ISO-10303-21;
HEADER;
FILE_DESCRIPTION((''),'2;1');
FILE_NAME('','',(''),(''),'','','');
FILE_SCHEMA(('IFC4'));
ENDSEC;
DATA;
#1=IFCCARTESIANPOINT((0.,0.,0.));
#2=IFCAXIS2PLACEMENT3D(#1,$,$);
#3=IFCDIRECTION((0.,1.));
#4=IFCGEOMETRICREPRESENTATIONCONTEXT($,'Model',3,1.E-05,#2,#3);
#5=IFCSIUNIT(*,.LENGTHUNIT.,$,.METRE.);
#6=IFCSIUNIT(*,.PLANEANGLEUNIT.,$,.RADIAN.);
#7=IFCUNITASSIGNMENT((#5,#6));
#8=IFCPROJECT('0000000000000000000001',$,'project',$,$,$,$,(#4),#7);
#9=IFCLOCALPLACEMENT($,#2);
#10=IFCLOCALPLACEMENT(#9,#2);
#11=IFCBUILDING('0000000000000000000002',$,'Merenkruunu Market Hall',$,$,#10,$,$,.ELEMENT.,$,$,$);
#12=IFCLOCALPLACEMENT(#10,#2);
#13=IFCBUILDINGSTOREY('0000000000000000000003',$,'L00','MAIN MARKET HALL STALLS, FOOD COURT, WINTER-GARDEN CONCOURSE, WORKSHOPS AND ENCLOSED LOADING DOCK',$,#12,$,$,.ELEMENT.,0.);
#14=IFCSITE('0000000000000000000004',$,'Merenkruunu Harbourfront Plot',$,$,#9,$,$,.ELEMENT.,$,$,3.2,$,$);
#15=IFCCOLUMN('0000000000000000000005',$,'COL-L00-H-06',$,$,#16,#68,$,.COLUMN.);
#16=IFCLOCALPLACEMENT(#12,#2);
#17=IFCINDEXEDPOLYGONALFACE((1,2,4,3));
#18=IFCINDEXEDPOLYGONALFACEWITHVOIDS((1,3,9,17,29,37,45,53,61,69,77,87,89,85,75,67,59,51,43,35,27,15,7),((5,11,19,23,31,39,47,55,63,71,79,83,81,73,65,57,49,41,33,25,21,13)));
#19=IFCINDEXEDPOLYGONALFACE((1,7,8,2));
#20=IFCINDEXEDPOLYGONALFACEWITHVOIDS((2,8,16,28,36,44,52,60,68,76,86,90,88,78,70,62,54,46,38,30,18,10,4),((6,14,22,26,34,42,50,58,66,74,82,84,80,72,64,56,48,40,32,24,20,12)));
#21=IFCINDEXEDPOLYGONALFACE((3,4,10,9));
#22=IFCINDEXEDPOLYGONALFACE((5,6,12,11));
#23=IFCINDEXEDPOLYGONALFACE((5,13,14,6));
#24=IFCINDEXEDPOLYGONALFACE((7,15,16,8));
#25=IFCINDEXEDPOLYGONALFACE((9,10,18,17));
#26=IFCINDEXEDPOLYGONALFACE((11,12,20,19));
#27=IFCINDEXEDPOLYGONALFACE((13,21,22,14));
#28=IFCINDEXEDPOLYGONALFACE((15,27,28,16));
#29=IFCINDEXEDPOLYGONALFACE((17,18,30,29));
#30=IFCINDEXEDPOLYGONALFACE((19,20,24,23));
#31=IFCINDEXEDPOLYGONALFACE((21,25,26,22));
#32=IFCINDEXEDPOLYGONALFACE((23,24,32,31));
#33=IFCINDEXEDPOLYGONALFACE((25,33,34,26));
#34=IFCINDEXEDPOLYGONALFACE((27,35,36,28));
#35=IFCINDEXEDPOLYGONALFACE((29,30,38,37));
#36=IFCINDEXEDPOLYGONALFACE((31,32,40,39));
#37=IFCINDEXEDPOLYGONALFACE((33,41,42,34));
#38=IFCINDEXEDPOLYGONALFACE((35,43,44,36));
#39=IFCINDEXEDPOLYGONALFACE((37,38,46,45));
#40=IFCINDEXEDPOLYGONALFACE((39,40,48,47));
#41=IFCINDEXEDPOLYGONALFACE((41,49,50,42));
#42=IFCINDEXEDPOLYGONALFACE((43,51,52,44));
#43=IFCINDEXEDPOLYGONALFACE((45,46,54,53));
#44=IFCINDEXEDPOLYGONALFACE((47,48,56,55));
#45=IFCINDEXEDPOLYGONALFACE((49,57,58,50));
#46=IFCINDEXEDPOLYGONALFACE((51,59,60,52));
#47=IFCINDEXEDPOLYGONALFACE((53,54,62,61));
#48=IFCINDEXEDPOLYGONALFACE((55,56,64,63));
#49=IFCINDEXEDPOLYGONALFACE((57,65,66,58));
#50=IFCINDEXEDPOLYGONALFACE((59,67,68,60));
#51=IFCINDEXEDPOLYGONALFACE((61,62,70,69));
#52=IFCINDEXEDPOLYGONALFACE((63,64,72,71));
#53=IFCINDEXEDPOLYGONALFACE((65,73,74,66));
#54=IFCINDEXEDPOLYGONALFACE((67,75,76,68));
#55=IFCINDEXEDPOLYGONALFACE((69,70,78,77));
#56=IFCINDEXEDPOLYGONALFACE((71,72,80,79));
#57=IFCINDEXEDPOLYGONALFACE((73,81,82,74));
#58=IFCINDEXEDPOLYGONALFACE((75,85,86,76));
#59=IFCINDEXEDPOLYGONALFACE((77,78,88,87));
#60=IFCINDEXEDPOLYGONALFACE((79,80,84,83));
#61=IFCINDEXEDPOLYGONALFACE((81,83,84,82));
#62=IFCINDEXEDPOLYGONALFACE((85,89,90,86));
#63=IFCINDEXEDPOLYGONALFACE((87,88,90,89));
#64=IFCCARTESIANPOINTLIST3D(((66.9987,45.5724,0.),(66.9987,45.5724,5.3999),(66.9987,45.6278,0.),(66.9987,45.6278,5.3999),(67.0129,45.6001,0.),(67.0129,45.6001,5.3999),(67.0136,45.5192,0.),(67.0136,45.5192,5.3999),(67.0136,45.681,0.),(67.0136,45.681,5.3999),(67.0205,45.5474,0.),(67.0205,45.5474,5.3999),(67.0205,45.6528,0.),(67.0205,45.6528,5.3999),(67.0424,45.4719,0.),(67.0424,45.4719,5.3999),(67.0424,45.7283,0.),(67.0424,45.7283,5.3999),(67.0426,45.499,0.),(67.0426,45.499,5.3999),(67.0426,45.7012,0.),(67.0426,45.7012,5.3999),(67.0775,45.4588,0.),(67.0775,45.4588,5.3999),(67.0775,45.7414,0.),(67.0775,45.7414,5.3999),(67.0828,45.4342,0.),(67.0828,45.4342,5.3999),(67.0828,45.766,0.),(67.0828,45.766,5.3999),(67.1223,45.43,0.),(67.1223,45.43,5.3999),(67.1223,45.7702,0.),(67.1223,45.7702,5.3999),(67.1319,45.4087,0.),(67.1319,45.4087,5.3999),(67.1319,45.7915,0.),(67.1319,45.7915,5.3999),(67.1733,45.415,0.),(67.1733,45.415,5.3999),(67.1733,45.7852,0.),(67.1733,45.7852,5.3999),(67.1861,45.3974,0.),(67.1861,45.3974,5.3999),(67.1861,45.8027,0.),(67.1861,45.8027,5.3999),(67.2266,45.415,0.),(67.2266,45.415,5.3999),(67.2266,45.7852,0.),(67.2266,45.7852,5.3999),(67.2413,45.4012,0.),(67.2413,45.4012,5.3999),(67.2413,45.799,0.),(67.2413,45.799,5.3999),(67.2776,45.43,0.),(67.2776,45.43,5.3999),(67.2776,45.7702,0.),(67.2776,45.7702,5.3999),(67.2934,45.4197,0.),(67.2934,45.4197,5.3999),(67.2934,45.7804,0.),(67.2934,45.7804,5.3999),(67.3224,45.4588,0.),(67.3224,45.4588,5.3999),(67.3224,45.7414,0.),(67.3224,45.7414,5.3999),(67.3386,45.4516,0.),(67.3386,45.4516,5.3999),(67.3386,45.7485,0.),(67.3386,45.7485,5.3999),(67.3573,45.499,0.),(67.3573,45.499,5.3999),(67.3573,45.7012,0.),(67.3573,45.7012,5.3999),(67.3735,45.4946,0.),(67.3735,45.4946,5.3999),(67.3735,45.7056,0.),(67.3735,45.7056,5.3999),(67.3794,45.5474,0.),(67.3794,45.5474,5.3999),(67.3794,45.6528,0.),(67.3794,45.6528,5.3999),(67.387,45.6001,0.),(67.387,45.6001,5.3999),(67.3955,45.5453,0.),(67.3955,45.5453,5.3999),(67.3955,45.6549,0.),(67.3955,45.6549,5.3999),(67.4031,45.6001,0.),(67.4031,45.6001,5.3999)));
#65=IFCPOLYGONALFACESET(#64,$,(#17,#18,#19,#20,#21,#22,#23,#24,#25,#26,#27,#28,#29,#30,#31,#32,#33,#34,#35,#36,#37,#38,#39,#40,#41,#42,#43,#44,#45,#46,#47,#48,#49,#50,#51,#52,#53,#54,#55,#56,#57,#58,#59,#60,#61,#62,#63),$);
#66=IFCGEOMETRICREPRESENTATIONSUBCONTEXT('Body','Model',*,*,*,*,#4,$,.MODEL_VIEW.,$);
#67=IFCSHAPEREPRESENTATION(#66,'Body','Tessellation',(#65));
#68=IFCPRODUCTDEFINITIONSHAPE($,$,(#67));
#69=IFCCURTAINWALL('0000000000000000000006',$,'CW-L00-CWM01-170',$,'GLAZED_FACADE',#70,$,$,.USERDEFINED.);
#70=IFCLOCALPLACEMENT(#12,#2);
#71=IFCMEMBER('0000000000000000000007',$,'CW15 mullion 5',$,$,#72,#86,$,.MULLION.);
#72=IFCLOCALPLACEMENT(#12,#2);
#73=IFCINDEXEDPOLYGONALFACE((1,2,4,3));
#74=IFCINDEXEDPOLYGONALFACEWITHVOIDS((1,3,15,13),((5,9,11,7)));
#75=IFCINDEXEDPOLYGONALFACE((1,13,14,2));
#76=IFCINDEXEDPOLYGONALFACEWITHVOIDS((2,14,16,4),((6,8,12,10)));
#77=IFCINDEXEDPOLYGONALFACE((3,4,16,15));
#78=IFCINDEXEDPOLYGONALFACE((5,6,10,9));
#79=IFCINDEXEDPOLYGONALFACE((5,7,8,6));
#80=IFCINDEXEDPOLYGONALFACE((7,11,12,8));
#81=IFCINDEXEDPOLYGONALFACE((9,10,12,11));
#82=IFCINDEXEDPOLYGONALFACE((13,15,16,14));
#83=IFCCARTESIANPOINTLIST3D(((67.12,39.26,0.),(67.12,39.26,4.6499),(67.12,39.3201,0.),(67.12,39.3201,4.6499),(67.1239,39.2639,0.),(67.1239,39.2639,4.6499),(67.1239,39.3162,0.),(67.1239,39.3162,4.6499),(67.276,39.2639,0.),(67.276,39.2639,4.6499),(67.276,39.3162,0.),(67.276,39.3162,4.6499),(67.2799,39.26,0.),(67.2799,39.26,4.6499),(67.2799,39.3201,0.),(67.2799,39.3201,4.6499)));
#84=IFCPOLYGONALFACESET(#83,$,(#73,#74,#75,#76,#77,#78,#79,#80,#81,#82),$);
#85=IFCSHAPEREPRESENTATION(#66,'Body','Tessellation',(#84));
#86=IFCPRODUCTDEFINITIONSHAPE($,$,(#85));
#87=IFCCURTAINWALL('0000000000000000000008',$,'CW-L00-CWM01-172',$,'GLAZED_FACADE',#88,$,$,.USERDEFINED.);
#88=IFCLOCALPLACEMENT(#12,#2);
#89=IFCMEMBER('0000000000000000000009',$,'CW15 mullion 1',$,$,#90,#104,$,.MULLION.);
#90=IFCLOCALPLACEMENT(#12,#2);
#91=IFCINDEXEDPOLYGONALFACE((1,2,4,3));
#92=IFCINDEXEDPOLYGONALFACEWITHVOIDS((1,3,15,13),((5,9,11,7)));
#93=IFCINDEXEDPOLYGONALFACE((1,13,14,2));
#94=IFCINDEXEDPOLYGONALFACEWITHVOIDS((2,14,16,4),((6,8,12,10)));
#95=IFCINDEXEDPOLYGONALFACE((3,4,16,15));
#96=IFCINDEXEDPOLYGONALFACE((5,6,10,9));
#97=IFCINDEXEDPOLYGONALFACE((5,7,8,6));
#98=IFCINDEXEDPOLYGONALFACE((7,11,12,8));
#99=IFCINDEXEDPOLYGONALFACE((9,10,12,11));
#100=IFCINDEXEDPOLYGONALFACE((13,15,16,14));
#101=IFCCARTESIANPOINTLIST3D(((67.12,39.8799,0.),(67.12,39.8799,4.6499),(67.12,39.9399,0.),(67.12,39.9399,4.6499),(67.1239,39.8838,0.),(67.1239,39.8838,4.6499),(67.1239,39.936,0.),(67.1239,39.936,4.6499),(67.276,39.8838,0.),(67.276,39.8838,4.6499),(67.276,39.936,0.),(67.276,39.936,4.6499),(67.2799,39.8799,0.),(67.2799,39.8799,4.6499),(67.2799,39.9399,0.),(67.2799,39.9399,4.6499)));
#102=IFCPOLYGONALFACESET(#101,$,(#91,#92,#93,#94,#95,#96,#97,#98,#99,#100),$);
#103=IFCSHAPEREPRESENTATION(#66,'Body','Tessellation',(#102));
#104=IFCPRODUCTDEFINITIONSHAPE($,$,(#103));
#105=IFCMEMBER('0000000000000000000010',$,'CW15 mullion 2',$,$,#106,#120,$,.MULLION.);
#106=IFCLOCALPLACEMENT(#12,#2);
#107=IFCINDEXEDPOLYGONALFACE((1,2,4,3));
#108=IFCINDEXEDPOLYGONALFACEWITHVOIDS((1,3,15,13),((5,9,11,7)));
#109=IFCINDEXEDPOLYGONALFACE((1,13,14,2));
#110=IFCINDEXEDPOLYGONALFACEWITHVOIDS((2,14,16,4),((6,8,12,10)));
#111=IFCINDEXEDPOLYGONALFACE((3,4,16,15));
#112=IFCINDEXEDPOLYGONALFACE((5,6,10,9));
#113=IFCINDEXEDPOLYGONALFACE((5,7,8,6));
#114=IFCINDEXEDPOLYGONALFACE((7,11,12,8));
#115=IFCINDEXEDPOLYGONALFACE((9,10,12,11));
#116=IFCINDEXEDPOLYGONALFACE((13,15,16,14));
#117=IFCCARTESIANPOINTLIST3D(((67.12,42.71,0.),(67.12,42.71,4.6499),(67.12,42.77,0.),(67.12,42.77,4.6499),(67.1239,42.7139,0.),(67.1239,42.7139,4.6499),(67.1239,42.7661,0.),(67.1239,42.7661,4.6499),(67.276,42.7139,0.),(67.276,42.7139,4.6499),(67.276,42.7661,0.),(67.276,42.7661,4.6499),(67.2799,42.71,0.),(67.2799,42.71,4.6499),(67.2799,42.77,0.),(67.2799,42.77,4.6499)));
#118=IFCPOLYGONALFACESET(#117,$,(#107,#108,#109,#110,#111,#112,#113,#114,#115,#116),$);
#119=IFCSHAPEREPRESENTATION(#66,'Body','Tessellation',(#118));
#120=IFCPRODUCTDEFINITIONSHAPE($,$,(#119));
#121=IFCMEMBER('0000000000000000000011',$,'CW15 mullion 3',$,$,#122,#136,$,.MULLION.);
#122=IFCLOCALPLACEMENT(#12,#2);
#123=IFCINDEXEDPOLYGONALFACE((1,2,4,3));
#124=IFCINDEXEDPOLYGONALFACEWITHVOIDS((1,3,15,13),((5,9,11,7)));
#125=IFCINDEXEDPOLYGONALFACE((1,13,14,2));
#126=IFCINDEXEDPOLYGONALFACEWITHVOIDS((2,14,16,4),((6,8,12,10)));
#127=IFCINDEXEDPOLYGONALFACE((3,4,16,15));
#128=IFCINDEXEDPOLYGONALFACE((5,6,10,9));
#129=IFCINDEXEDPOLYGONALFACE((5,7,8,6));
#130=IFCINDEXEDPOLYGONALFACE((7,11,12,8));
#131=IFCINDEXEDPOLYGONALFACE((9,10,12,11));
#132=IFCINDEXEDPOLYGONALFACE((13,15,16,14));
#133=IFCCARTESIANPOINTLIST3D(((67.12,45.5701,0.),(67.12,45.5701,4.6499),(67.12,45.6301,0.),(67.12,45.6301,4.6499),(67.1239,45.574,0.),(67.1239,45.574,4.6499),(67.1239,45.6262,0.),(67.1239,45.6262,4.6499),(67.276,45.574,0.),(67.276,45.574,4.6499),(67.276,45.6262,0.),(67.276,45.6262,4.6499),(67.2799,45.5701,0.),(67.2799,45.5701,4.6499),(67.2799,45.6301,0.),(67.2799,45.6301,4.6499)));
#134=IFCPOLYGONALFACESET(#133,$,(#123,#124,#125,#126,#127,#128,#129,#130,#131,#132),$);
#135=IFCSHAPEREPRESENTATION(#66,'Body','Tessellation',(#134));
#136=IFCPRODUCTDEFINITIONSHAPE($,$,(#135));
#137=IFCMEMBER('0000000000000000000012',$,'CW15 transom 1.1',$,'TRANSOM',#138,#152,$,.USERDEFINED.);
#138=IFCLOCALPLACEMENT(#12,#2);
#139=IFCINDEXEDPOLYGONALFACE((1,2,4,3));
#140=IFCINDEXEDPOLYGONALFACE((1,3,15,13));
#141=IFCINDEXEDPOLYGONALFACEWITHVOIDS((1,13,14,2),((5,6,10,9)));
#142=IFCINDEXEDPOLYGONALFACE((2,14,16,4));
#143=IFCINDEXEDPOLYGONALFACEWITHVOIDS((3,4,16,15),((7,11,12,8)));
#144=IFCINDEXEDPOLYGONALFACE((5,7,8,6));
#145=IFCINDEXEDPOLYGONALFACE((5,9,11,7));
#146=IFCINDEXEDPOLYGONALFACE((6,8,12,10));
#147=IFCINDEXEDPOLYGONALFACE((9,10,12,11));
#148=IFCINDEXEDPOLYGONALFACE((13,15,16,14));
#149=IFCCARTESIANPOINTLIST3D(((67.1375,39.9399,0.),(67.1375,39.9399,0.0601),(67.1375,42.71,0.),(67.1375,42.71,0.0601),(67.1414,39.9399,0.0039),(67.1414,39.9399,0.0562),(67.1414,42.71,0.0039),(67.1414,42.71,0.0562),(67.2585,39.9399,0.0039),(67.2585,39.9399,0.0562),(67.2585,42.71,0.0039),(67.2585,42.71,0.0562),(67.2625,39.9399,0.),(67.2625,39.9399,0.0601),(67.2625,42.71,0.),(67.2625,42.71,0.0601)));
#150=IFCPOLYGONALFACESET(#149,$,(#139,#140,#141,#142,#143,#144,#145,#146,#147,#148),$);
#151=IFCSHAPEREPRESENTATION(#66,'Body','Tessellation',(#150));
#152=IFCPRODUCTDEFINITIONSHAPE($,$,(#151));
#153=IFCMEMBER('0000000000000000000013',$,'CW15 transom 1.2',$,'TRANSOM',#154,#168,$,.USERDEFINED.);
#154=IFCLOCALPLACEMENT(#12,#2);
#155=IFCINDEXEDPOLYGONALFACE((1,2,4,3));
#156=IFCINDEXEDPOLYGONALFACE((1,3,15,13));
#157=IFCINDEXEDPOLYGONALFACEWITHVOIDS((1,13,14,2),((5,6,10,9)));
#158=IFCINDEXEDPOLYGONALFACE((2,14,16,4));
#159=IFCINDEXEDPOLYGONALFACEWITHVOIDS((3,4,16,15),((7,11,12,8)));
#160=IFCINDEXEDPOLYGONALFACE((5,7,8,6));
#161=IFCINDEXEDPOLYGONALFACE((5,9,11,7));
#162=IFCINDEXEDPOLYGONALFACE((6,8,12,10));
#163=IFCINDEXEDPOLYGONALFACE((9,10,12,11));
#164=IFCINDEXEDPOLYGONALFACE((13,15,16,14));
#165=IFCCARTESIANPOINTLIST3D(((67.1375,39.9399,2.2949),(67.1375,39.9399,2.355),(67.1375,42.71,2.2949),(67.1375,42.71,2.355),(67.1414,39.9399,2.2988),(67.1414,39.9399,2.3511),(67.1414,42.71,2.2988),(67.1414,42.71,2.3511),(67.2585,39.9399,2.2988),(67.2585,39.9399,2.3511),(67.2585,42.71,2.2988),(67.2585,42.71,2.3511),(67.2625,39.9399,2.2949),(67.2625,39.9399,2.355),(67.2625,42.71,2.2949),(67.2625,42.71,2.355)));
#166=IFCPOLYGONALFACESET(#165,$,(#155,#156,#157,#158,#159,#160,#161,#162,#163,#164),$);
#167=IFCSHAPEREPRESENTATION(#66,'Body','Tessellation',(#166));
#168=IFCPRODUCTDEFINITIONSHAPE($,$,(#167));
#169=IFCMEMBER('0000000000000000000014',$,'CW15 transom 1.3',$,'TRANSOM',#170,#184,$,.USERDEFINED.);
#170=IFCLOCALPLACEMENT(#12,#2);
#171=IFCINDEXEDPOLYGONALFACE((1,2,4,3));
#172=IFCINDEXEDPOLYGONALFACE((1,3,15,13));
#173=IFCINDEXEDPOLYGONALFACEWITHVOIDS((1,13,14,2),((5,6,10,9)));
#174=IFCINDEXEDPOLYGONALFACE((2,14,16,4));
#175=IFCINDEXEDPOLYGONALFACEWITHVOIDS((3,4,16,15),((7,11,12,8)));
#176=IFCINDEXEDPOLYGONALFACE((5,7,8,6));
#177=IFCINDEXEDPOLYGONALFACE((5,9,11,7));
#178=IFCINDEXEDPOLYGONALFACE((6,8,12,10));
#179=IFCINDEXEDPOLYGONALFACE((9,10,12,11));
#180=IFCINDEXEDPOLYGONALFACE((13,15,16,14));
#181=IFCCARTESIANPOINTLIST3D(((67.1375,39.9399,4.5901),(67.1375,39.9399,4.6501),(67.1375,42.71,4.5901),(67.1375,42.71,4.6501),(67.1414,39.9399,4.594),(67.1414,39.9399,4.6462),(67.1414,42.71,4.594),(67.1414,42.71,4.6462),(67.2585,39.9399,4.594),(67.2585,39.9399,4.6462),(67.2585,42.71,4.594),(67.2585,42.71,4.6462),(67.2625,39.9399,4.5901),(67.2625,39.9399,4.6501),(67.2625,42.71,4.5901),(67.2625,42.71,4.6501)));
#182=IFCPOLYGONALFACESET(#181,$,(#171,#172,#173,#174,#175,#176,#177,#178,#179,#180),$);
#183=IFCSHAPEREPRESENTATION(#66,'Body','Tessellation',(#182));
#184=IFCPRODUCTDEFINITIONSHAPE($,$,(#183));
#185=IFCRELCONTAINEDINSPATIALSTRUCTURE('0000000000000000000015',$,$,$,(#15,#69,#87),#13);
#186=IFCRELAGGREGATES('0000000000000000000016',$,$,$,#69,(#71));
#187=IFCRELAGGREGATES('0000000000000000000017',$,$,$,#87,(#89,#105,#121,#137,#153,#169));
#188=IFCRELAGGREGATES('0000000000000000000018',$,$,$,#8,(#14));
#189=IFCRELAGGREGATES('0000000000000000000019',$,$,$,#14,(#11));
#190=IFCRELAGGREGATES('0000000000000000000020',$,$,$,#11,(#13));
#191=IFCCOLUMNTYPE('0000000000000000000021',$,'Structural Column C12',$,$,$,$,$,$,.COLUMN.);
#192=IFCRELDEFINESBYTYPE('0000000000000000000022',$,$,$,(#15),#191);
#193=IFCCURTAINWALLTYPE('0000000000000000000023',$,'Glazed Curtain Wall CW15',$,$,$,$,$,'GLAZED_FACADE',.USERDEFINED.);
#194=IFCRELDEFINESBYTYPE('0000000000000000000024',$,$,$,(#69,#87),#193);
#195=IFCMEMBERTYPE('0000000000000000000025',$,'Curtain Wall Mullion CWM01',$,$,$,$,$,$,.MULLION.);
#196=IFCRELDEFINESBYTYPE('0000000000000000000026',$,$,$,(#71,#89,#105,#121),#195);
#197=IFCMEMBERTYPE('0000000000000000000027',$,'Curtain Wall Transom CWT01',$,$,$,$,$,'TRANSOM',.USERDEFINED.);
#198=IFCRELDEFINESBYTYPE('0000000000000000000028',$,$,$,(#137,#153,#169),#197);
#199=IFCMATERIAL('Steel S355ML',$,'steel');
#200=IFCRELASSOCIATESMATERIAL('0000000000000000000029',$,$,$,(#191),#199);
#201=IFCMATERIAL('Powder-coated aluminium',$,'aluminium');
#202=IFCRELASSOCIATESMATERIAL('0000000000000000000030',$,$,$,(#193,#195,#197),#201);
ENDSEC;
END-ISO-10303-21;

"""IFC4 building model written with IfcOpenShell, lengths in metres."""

from ifc_helpers import new_model, si_unit, direction, frame, origin, origin_2d, place, context, subcontext, project, spatial, hollow_rectangle, hollow_circle, extrude, material, material_profile, profile_set, type_object, element, aggregate, save


model = new_model("IFC4")

# Units and contexts
model_context = context("Model", 3, precision=1e-05, world=origin(), true_north=direction((0.0, 1.0)))
body_context = subcontext(model_context, "Body", "Model", "MODEL_VIEW")
ifc_project = project(units=[si_unit("LENGTHUNIT", "METRE"), si_unit("PLANEANGLEUNIT", "RADIAN")], contexts=[model_context])

# Site, building, storey
site_placement = place(None, origin())
site = spatial("IfcSite", under=ifc_project, at=site_placement, Name="Merenkruunu Harbourfront Plot", CompositionType="ELEMENT", RefElevation=3.2)
building_placement = place(site_placement, origin())
building = spatial("IfcBuilding", under=site, at=building_placement, Name="Merenkruunu Market Hall", CompositionType="ELEMENT")
storey_placement = place(building_placement, origin())
storey = spatial("IfcBuildingStorey", under=building, at=storey_placement, Name="L00", Description="MAIN MARKET HALL STALLS, FOOD COURT, WINTER-GARDEN CONCOURSE, WORKSHOPS AND ENCLOSED LOADING DOCK", CompositionType="ELEMENT", Elevation=0.0)

# Column
ifc_material_1 = material(Name="Steel S355ML", Category="steel")
ifc_material_profile_1 = material_profile(ifc_material_1, hollow_circle(Radius=0.2031, WallThickness=0.0161, at=origin_2d()), Name="CHS 406.4x16")
ifc_profile_set_1 = profile_set([ifc_material_profile_1], Name="Steel S355ML")
column_type_1 = type_object("IfcColumnType", Name="Structural Column C12", PredefinedType="COLUMN", material=ifc_profile_set_1)
for number, where, z_axis, x_axis, name in (
    (1, (67.2, 45.6001, 0.0), (0.0, 0.0, 1.0), (1.0, 0.0, 0.0), "COL-L00-H-06"),
):
    element("IfcColumn", number, at=place(storey_placement, frame(where, z_axis=z_axis, x_axis=x_axis)), inside=storey, type_object=column_type_1, Name=name, PredefinedType="COLUMN", context=body_context, shape_type="SweptSolid", body=[
        extrude(hollow_circle(Radius=0.2031, WallThickness=0.0161, at=origin_2d()), origin(), (0.0, 0.0, 1.0), 5.3999),
    ])

# Curtain wall, member
ifc_material_2 = material(Name="Powder-coated aluminium", Category="aluminium")
curtain_wall_type = type_object("IfcCurtainWallType", Name="Glazed Curtain Wall CW15", ElementType="GLAZED_FACADE", PredefinedType="USERDEFINED", material=ifc_material_2)
curtain_wall_1_placement = place(storey_placement, origin())
curtain_wall_1 = element("IfcCurtainWall", 2, at=curtain_wall_1_placement, inside=storey, type_object=curtain_wall_type, Name="CW-L00-CWM01-170", ObjectType="GLAZED_FACADE", PredefinedType="USERDEFINED")
ifc_material_profile_2 = material_profile(ifc_material_2, hollow_rectangle(XDim=0.0601, YDim=0.1599, WallThickness=0.0039, at=origin_2d()), Name="ALU 60x160x4")
ifc_profile_set_2 = profile_set([ifc_material_profile_2], Name="Powder-coated aluminium")
member_type_1 = type_object("IfcMemberType", Name="Curtain Wall Mullion CWM01", PredefinedType="MULLION", material=ifc_profile_set_2)
member_1_placement = place(storey_placement, frame((67.2, 39.29, 0.0), z_axis=(0.0, 0.0, 1.0), x_axis=(0.0, 1.0, 0.0)))
member_1 = element("IfcMember", 3, at=member_1_placement, type_object=member_type_1, Name="CW15 mullion 5", PredefinedType="MULLION", context=body_context, shape_type="SweptSolid", body=[
    extrude(hollow_rectangle(XDim=0.0601, YDim=0.1599, WallThickness=0.0039, at=origin_2d()), origin(), (0.0, 0.0, 1.0), 4.6499),
])

# Curtain wall, members
curtain_wall_2_placement = place(storey_placement, origin())
curtain_wall_2 = element("IfcCurtainWall", 4, at=curtain_wall_2_placement, inside=storey, type_object=curtain_wall_type, Name="CW-L00-CWM01-172", ObjectType="GLAZED_FACADE", PredefinedType="USERDEFINED")
member_2_placement = place(storey_placement, frame((67.2, 39.9099, 0.0), z_axis=(0.0, 0.0, 1.0), x_axis=(0.0, 1.0, 0.0)))
member_2 = element("IfcMember", 5, at=member_2_placement, type_object=member_type_1, Name="CW15 mullion 1", PredefinedType="MULLION", context=body_context, shape_type="SweptSolid", body=[
    extrude(hollow_rectangle(XDim=0.0601, YDim=0.1599, WallThickness=0.0039, at=origin_2d()), origin(), (0.0, 0.0, 1.0), 4.6499),
])
member_3_placement = place(storey_placement, frame((67.2, 42.74, 0.0), z_axis=(0.0, 0.0, 1.0), x_axis=(0.0, 1.0, 0.0)))
member_3 = element("IfcMember", 6, at=member_3_placement, type_object=member_type_1, Name="CW15 mullion 2", PredefinedType="MULLION", context=body_context, shape_type="SweptSolid", body=[
    extrude(hollow_rectangle(XDim=0.0601, YDim=0.1599, WallThickness=0.0039, at=origin_2d()), origin(), (0.0, 0.0, 1.0), 4.6499),
])
member_4_placement = place(storey_placement, frame((67.2, 45.6001, 0.0), z_axis=(0.0, 0.0, 1.0), x_axis=(0.0, 1.0, 0.0)))
member_4 = element("IfcMember", 7, at=member_4_placement, type_object=member_type_1, Name="CW15 mullion 3", PredefinedType="MULLION", context=body_context, shape_type="SweptSolid", body=[
    extrude(hollow_rectangle(XDim=0.0601, YDim=0.1599, WallThickness=0.0039, at=origin_2d()), origin(), (0.0, 0.0, 1.0), 4.6499),
])
ifc_material_profile_3 = material_profile(ifc_material_2, hollow_rectangle(XDim=0.0601, YDim=0.125, WallThickness=0.0039, at=origin_2d()), Name="ALU 60x125x4")
ifc_profile_set_3 = profile_set([ifc_material_profile_3], Name="Powder-coated aluminium")
member_type_2 = type_object("IfcMemberType", Name="Curtain Wall Transom CWT01", ElementType="TRANSOM", PredefinedType="USERDEFINED", material=ifc_profile_set_3)
member_5_placement = place(storey_placement, frame((67.2, 39.9399, 0.03), z_axis=(0.0, 1.0, 0.0), x_axis=(0.0, 0.0, 1.0)))
member_5 = element("IfcMember", 8, at=member_5_placement, type_object=member_type_2, Name="CW15 transom 1.1", ObjectType="TRANSOM", PredefinedType="USERDEFINED", context=body_context, shape_type="SweptSolid", body=[
    extrude(hollow_rectangle(XDim=0.0601, YDim=0.125, WallThickness=0.0039, at=origin_2d()), origin(), (0.0, 0.0, 1.0), 2.77),
])
member_6_placement = place(storey_placement, frame((67.2, 39.9399, 2.325), z_axis=(0.0, 1.0, 0.0), x_axis=(0.0, 0.0, 1.0)))
member_6 = element("IfcMember", 9, at=member_6_placement, type_object=member_type_2, Name="CW15 transom 1.2", ObjectType="TRANSOM", PredefinedType="USERDEFINED", context=body_context, shape_type="SweptSolid", body=[
    extrude(hollow_rectangle(XDim=0.0601, YDim=0.125, WallThickness=0.0039, at=origin_2d()), origin(), (0.0, 0.0, 1.0), 2.77),
])
member_7_placement = place(storey_placement, frame((67.2, 39.9399, 4.6201), z_axis=(0.0, 1.0, 0.0), x_axis=(0.0, 0.0, 1.0)))
member_7 = element("IfcMember", 10, at=member_7_placement, type_object=member_type_2, Name="CW15 transom 1.3", ObjectType="TRANSOM", PredefinedType="USERDEFINED", context=body_context, shape_type="SweptSolid", body=[
    extrude(hollow_rectangle(XDim=0.0601, YDim=0.125, WallThickness=0.0039, at=origin_2d()), origin(), (0.0, 0.0, 1.0), 2.77),
])

aggregate(curtain_wall_1, [member_1])
aggregate(curtain_wall_2, [member_2, member_3, member_4, member_5, member_6, member_7])

save(model, "model.ifc")
